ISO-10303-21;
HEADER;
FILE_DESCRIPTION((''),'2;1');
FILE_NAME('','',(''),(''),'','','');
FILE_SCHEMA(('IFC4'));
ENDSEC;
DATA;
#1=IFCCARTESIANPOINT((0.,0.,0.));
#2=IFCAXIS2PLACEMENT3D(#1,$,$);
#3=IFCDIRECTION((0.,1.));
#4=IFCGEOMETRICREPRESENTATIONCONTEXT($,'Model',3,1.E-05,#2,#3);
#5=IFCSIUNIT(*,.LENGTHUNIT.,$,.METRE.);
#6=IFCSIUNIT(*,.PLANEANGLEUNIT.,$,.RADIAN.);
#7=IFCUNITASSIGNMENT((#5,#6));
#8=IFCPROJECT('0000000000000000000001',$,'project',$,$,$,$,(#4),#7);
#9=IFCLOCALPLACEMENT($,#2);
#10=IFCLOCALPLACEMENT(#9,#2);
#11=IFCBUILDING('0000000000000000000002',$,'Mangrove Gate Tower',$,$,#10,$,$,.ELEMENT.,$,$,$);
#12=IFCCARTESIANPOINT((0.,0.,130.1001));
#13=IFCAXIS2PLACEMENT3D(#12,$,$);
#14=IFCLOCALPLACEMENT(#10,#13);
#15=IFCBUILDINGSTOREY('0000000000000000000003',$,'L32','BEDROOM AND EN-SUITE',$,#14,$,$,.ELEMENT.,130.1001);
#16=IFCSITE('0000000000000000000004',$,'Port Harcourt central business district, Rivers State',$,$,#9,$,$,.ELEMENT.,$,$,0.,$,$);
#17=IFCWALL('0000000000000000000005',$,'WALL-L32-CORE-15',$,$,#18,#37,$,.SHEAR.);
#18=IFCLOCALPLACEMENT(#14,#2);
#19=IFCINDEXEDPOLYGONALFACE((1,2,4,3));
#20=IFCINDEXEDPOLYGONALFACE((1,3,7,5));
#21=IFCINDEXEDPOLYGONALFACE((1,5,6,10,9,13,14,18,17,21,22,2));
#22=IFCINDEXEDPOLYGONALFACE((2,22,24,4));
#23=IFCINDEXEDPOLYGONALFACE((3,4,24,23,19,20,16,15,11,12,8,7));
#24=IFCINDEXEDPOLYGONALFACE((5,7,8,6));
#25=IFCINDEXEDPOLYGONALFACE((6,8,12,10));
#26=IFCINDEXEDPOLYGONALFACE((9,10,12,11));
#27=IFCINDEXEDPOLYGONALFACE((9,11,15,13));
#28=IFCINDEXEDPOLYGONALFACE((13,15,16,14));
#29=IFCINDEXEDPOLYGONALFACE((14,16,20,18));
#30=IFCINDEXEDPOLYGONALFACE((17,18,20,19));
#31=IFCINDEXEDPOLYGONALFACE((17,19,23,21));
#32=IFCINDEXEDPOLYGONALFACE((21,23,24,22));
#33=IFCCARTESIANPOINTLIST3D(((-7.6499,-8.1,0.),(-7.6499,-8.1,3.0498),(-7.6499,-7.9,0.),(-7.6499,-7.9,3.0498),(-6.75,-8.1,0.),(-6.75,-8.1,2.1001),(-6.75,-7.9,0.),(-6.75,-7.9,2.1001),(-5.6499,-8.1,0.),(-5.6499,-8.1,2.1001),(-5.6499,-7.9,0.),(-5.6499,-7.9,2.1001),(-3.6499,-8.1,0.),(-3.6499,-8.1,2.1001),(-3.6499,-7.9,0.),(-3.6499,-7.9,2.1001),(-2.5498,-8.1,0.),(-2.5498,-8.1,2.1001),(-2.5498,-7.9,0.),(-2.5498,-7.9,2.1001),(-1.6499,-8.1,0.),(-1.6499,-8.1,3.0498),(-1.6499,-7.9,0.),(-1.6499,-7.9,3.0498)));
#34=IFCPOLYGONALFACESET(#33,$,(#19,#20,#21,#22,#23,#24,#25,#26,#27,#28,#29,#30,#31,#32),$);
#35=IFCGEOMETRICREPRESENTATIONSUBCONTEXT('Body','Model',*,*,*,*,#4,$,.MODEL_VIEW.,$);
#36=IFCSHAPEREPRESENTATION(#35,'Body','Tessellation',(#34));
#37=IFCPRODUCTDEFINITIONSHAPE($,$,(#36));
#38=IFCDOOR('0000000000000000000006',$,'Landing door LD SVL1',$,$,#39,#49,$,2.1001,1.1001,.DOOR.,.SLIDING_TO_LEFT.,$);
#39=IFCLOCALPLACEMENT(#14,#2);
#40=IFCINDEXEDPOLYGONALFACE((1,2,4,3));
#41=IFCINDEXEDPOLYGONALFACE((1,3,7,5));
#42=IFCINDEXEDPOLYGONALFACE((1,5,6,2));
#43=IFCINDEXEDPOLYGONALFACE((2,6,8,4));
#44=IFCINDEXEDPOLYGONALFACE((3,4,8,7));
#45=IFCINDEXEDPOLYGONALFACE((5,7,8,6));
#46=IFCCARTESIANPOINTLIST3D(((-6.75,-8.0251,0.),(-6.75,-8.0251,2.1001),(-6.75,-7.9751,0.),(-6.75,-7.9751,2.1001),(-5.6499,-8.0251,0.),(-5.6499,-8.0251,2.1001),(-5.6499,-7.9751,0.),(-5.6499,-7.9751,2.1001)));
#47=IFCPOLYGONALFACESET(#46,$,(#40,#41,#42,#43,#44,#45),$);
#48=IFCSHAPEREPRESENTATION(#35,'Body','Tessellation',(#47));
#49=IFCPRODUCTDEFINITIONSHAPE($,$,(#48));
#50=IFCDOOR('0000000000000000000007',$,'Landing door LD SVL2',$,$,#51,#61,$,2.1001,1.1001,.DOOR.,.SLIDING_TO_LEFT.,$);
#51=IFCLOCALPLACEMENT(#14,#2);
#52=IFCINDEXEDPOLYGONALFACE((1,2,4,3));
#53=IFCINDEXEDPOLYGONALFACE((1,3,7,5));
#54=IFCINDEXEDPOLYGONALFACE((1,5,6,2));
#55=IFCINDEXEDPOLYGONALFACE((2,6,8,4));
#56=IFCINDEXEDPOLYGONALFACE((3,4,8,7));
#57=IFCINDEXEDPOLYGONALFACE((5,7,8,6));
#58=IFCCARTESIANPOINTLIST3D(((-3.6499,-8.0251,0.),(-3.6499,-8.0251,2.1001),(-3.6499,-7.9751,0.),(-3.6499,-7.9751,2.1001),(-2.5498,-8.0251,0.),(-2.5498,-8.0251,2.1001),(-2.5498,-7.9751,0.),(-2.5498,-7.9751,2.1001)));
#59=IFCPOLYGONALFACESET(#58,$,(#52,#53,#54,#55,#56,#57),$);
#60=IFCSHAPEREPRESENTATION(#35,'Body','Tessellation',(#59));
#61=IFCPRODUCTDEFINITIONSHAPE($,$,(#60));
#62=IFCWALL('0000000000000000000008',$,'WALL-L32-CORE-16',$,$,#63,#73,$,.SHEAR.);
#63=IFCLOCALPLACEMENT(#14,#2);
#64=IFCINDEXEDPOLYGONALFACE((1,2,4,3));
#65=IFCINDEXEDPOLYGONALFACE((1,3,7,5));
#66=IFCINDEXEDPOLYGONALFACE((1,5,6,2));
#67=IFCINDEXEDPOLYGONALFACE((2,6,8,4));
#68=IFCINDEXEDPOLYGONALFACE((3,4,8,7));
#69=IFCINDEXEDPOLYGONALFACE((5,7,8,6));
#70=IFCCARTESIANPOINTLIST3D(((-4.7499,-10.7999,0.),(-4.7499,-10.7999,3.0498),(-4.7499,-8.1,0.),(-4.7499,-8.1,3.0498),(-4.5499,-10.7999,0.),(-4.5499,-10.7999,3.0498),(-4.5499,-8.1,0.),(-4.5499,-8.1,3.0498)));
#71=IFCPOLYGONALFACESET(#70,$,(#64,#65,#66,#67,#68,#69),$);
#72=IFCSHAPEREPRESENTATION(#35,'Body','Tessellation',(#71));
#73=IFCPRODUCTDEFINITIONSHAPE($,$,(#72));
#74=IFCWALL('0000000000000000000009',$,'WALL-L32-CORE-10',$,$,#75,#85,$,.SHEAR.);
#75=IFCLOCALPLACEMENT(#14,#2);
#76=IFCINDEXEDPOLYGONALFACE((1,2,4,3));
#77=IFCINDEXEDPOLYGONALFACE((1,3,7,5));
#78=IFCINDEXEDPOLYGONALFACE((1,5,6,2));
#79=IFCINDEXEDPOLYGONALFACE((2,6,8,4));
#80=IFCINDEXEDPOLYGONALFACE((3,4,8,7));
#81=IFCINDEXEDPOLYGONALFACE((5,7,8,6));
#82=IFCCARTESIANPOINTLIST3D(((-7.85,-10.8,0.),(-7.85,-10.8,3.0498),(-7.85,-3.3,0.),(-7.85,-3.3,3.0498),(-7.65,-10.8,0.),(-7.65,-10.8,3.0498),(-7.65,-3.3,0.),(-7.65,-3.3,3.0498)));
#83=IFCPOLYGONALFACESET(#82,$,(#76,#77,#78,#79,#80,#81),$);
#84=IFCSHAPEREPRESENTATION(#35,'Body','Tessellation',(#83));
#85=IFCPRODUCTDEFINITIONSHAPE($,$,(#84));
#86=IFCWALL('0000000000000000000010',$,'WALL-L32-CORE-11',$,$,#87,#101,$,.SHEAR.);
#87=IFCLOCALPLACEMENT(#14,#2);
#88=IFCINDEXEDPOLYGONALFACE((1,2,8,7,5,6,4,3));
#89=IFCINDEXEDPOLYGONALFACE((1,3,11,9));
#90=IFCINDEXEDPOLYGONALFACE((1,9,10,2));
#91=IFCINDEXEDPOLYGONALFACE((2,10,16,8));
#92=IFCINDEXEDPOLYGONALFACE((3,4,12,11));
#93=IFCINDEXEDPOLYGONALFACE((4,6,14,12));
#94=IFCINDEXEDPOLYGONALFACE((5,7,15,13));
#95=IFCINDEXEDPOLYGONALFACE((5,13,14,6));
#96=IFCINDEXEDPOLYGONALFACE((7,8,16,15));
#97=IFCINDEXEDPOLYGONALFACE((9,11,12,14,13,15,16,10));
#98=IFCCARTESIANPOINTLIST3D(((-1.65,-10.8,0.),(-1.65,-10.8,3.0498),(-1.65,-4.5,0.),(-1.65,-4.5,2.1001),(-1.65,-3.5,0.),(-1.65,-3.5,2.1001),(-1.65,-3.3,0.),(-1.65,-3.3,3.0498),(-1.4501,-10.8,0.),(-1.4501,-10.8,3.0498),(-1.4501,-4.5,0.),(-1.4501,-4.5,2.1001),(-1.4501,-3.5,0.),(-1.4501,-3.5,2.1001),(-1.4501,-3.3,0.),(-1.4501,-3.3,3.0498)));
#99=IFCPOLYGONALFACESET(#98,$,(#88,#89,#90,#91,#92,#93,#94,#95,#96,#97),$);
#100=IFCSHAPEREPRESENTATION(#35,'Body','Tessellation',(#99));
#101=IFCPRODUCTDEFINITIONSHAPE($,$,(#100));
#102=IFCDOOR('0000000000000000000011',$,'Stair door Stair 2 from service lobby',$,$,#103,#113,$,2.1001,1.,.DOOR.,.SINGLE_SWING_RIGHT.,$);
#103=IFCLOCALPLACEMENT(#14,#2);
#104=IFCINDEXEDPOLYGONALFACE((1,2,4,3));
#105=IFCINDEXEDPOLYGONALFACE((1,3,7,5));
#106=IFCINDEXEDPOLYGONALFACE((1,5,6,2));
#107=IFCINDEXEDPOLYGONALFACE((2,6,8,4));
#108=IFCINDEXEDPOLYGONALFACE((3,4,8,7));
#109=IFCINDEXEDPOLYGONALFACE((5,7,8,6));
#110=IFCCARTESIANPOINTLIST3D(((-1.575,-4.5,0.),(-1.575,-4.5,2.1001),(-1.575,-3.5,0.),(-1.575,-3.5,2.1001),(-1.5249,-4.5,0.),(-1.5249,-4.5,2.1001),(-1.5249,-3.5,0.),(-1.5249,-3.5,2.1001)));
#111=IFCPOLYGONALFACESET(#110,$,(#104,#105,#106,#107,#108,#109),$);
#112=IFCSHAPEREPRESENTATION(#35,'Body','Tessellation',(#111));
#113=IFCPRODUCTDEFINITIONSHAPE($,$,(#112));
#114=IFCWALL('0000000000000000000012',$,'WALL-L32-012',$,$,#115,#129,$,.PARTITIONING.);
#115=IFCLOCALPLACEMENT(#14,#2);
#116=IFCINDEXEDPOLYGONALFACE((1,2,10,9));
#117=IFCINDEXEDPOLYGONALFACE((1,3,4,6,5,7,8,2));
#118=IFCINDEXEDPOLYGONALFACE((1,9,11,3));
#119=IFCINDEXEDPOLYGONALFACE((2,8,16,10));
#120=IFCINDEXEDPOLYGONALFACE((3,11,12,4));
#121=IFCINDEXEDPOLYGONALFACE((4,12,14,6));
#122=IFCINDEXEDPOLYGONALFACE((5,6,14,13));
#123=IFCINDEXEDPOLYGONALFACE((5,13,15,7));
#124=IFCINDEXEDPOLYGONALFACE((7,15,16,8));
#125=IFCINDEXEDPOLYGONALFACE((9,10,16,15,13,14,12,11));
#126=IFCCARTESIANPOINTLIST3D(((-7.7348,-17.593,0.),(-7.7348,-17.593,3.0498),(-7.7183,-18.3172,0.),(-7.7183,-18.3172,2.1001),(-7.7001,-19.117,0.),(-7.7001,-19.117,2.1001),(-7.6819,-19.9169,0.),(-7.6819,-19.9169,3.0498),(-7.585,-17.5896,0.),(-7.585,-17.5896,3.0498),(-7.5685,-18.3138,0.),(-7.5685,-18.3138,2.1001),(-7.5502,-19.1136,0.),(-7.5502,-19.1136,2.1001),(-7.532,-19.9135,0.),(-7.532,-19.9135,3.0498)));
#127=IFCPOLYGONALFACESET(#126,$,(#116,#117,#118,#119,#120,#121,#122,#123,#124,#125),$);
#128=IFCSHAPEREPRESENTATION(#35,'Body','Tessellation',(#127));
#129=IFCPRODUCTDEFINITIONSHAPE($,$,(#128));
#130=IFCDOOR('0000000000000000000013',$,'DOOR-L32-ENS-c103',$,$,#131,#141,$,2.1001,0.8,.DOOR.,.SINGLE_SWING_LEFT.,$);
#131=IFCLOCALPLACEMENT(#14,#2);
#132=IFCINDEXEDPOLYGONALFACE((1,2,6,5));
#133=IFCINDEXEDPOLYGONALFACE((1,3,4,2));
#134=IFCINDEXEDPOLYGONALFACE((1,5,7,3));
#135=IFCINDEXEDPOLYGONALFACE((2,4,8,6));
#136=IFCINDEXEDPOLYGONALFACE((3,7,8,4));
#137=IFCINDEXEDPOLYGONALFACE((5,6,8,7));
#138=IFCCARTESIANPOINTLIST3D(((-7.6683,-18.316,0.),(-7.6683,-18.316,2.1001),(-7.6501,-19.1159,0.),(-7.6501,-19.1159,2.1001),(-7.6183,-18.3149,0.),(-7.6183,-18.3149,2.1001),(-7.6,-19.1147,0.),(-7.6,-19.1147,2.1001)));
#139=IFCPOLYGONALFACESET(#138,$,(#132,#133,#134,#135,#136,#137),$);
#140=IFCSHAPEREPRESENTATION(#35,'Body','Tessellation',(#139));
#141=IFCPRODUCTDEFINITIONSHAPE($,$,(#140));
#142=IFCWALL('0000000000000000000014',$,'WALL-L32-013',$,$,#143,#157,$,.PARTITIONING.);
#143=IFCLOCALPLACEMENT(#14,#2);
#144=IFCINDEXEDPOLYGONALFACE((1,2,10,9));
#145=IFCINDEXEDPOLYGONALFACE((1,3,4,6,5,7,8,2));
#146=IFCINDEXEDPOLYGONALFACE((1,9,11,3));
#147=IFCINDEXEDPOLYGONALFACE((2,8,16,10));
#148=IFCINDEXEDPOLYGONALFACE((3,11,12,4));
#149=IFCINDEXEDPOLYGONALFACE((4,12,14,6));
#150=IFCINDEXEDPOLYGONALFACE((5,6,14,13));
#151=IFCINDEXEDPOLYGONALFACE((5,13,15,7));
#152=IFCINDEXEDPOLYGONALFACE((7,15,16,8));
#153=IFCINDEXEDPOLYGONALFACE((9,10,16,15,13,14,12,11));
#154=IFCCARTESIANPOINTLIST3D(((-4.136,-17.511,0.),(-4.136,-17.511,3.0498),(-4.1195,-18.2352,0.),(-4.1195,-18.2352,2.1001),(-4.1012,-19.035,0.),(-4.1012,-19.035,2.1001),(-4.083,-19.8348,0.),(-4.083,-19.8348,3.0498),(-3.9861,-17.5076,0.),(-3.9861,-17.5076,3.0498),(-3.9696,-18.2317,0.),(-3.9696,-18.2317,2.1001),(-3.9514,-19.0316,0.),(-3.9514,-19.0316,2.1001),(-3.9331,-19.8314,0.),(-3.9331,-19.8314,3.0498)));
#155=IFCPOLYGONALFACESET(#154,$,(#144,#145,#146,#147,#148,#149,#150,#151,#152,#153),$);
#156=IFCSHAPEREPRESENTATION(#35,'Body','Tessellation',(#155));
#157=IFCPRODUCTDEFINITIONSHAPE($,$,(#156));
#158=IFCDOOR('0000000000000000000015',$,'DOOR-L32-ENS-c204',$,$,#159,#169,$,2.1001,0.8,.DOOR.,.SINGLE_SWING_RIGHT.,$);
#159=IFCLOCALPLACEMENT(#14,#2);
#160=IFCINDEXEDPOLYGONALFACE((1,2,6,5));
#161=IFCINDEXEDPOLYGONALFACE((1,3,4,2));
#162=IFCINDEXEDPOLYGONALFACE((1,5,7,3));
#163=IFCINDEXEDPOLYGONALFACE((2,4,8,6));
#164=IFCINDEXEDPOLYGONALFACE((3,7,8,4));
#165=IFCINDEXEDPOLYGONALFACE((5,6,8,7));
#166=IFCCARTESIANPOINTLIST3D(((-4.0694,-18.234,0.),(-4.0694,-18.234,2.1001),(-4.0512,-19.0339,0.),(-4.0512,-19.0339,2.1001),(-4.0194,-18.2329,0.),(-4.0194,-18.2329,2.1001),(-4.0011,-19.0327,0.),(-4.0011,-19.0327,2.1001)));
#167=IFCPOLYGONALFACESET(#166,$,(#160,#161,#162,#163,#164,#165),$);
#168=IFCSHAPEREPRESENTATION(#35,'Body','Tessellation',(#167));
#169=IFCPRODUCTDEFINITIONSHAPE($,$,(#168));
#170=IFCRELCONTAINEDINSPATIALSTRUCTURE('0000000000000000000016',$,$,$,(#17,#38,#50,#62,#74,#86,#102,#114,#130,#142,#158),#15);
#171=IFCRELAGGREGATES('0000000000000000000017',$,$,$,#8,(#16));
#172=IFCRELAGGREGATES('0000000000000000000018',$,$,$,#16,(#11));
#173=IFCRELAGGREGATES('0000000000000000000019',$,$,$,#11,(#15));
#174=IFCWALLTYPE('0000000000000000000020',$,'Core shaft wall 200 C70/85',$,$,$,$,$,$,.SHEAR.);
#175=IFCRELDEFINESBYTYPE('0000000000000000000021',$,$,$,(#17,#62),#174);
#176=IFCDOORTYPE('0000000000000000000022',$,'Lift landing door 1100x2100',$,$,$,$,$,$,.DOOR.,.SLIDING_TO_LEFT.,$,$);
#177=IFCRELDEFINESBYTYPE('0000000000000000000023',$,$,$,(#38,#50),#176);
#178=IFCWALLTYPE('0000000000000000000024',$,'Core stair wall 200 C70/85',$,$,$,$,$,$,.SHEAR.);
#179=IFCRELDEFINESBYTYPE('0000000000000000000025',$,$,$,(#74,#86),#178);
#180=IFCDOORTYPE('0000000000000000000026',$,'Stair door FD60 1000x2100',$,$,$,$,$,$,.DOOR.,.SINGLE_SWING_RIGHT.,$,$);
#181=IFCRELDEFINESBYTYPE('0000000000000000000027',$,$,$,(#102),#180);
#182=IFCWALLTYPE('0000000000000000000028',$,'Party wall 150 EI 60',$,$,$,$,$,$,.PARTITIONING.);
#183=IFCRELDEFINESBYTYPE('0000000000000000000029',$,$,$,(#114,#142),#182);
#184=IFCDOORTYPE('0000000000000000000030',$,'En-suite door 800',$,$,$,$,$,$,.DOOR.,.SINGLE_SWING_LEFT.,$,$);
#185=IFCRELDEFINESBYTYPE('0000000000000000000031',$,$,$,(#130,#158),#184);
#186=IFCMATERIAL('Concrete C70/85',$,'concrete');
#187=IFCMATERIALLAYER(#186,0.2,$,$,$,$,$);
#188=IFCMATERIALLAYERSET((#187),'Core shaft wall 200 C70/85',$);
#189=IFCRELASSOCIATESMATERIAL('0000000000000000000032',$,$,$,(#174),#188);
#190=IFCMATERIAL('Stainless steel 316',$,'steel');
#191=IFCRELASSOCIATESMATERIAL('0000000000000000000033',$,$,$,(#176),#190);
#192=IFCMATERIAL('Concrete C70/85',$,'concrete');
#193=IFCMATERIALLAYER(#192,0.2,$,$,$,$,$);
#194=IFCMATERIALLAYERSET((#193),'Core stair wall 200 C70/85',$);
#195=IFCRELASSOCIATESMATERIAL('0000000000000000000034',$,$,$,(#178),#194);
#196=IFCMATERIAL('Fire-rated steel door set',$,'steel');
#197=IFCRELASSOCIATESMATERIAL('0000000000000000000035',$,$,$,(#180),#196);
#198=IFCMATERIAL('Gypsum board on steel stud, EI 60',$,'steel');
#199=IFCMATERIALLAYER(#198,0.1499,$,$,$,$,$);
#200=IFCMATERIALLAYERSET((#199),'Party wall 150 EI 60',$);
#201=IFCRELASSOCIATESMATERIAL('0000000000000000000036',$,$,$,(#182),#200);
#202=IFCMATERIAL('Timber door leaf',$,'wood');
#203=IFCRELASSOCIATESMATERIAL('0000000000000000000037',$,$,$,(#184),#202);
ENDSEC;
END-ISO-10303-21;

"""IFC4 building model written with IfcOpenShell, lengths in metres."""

from ifc_helpers import new_model, si_unit, direction, frame, frame_2d, origin, place, context, subcontext, project, spatial, rectangle, extrude, material, layer, layer_set, type_object, element, fill, save


model = new_model("IFC4")

# Units and contexts
model_context = context("Model", 3, precision=1e-05, world=origin(), true_north=direction((0.0, 1.0)))
body_context = subcontext(model_context, "Body", "Model", "MODEL_VIEW")
ifc_project = project(units=[si_unit("LENGTHUNIT", "METRE"), si_unit("PLANEANGLEUNIT", "RADIAN")], contexts=[model_context])

# Site, building, storey
site_placement = place(None, origin())
site = spatial("IfcSite", under=ifc_project, at=site_placement, Name="Port Harcourt central business district, Rivers State", CompositionType="ELEMENT", RefElevation=0.0)
building_placement = place(site_placement, origin())
building = spatial("IfcBuilding", under=site, at=building_placement, Name="Mangrove Gate Tower", CompositionType="ELEMENT")
storey_placement = place(building_placement, frame((0.0, 0.0, 130.1001)))
storey = spatial("IfcBuildingStorey", under=building, at=storey_placement, Name="L32", Description="BEDROOM AND EN-SUITE", CompositionType="ELEMENT", Elevation=130.1001)

# Wall, openings, doors
ifc_material_1 = material(Name="Concrete C70/85", Category="concrete")
ifc_layer_1 = layer(ifc_material_1, 0.2)
ifc_layer_set_1 = layer_set([ifc_layer_1], Name="Core shaft wall 200 C70/85")
wall_type_1 = type_object("IfcWallType", Name="Core shaft wall 200 C70/85", PredefinedType="SHEAR", material=ifc_layer_set_1)
wall_1_placement = place(storey_placement, frame((-7.6499, -8.0, 0.0), z_axis=(0.0, 0.0, 1.0), x_axis=(1.0, 0.0, 0.0)))
wall_1 = element("IfcWall", 1, at=wall_1_placement, inside=storey, type_object=wall_type_1, Name="WALL-L32-CORE-15", PredefinedType="SHEAR", context=body_context, shape_type="SweptSolid", body=[
    extrude(rectangle(XDim=6.0, YDim=0.2, at=frame_2d((3.0, 0.0))), origin(), (0.0, 0.0, 1.0), 3.0498),
])
opening_1_placement = place(wall_1_placement, frame((0.8999, 0.0, 0.0)))
opening_1 = element("IfcOpeningElement", 2, at=opening_1_placement, cuts=wall_1, PredefinedType="OPENING", context=body_context, shape_type="SweptSolid", body=[
    extrude(rectangle(XDim=1.1001, YDim=2.1001, at=frame_2d((0.55, 1.05))), frame((0.0, 0.1099, 0.0), z_axis=(0.0, -1.0, 0.0), x_axis=(1.0, 0.0, 0.0)), (0.0, 0.0, 1.0), 0.22),
])
opening_2_placement = place(wall_1_placement, frame((4.0, 0.0, 0.0)))
opening_2 = element("IfcOpeningElement", 3, at=opening_2_placement, cuts=wall_1, PredefinedType="OPENING", context=body_context, shape_type="SweptSolid", body=[
    extrude(rectangle(XDim=1.1001, YDim=2.1001, at=frame_2d((0.55, 1.05))), frame((0.0, 0.1099, 0.0), z_axis=(0.0, -1.0, 0.0), x_axis=(1.0, 0.0, 0.0)), (0.0, 0.0, 1.0), 0.22),
])
ifc_material_2 = material(Name="Stainless steel 316", Category="steel")
door_type_1 = type_object("IfcDoorType", Name="Lift landing door 1100x2100", OperationType="SLIDING_TO_LEFT", PredefinedType="DOOR", material=ifc_material_2)
door_1_placement = place(opening_1_placement, origin())
door_1 = element("IfcDoor", 4, at=door_1_placement, inside=storey, type_object=door_type_1, Name="Landing door LD SVL1", OperationType="SLIDING_TO_LEFT", OverallHeight=2.1001, OverallWidth=1.1001, PredefinedType="DOOR", context=body_context, shape_type="SweptSolid", body=[
    extrude(rectangle(XDim=1.1001, YDim=2.1001, at=frame_2d((0.55, 1.05))), frame((0.0, 0.0249, 0.0), z_axis=(0.0, -1.0, 0.0), x_axis=(1.0, 0.0, 0.0)), (0.0, 0.0, 1.0), 0.05),
])
fill(opening_1, door_1)
door_2_placement = place(opening_2_placement, origin())
door_2 = element("IfcDoor", 5, at=door_2_placement, inside=storey, type_object=door_type_1, Name="Landing door LD SVL2", OperationType="SLIDING_TO_LEFT", OverallHeight=2.1001, OverallWidth=1.1001, PredefinedType="DOOR", context=body_context, shape_type="SweptSolid", body=[
    extrude(rectangle(XDim=1.1001, YDim=2.1001, at=frame_2d((0.55, 1.05))), frame((0.0, 0.0249, 0.0), z_axis=(0.0, -1.0, 0.0), x_axis=(1.0, 0.0, 0.0)), (0.0, 0.0, 1.0), 0.05),
])
fill(opening_2, door_2)

# Walls
wall_2_placement = place(storey_placement, frame((-4.6499, -10.8, 0.0), z_axis=(0.0, 0.0, 1.0), x_axis=(0.0, 1.0, 0.0)))
element("IfcWall", 6, at=wall_2_placement, inside=storey, type_object=wall_type_1, Name="WALL-L32-CORE-16", PredefinedType="SHEAR", context=body_context, shape_type="SweptSolid", body=[
    extrude(rectangle(XDim=2.7, YDim=0.2, at=frame_2d((1.3501, 0.0))), origin(), (0.0, 0.0, 1.0), 3.0498),
])
ifc_material_3 = material(Name="Concrete C70/85", Category="concrete")
ifc_layer_2 = layer(ifc_material_3, 0.2)
ifc_layer_set_2 = layer_set([ifc_layer_2], Name="Core stair wall 200 C70/85")
wall_type_2 = type_object("IfcWallType", Name="Core stair wall 200 C70/85", PredefinedType="SHEAR", material=ifc_layer_set_2)
wall_3_placement = place(storey_placement, frame((-7.75, -10.8, 0.0), z_axis=(0.0, 0.0, 1.0), x_axis=(0.0, 1.0, 0.0)))
element("IfcWall", 7, at=wall_3_placement, inside=storey, type_object=wall_type_2, Name="WALL-L32-CORE-10", PredefinedType="SHEAR", context=body_context, shape_type="SweptSolid", body=[
    extrude(rectangle(XDim=7.5, YDim=0.2, at=frame_2d((3.75, 0.0))), origin(), (0.0, 0.0, 1.0), 3.0498),
])

# Walls, openings, doors
wall_4_placement = place(storey_placement, frame((-1.55, -10.8, 0.0), z_axis=(0.0, 0.0, 1.0), x_axis=(0.0, 1.0, 0.0)))
wall_4 = element("IfcWall", 8, at=wall_4_placement, inside=storey, type_object=wall_type_2, Name="WALL-L32-CORE-11", PredefinedType="SHEAR", context=body_context, shape_type="SweptSolid", body=[
    extrude(rectangle(XDim=7.5, YDim=0.2, at=frame_2d((3.75, 0.0))), origin(), (0.0, 0.0, 1.0), 3.0498),
])
opening_3_placement = place(wall_4_placement, frame((6.3, 0.0, 0.0)))
opening_3 = element("IfcOpeningElement", 9, at=opening_3_placement, cuts=wall_4, PredefinedType="OPENING", context=body_context, shape_type="SweptSolid", body=[
    extrude(rectangle(XDim=1.0, YDim=2.1001, at=frame_2d((0.5, 1.05))), frame((0.0, 0.1099, 0.0), z_axis=(0.0, -1.0, 0.0), x_axis=(1.0, 0.0, 0.0)), (0.0, 0.0, 1.0), 0.22),
])
ifc_material_4 = material(Name="Fire-rated steel door set", Category="steel")
door_type_2 = type_object("IfcDoorType", Name="Stair door FD60 1000x2100", OperationType="SINGLE_SWING_RIGHT", PredefinedType="DOOR", material=ifc_material_4)
door_3_placement = place(opening_3_placement, origin())
door_3 = element("IfcDoor", 10, at=door_3_placement, inside=storey, type_object=door_type_2, Name="Stair door Stair 2 from service lobby", OperationType="SINGLE_SWING_RIGHT", OverallHeight=2.1001, OverallWidth=1.0, PredefinedType="DOOR", context=body_context, shape_type="SweptSolid", body=[
    extrude(rectangle(XDim=1.0, YDim=2.1001, at=frame_2d((0.5, 1.05))), frame((0.0, 0.0249, 0.0), z_axis=(0.0, -1.0, 0.0), x_axis=(1.0, 0.0, 0.0)), (0.0, 0.0, 1.0), 0.05),
])
fill(opening_3, door_3)
ifc_material_5 = material(Name="Gypsum board on steel stud, EI 60", Category="steel")
ifc_layer_3 = layer(ifc_material_5, 0.1499)
ifc_layer_set_3 = layer_set([ifc_layer_3], Name="Party wall 150 EI 60")
wall_type_3 = type_object("IfcWallType", Name="Party wall 150 EI 60", PredefinedType="PARTITIONING", material=ifc_layer_set_3)
wall_5_placement = place(storey_placement, frame((-7.6069, -19.915, 0.0), z_axis=(0.0, 0.0, 1.0), x_axis=(-0.022791, 0.99974, 0.0)))
wall_5 = element("IfcWall", 11, at=wall_5_placement, inside=storey, type_object=wall_type_3, Name="WALL-L32-012", PredefinedType="PARTITIONING", context=body_context, shape_type="SweptSolid", body=[
    extrude(rectangle(XDim=2.3245, YDim=0.1499, at=frame_2d((1.1621, 0.0))), origin(), (0.0, 0.0, 1.0), 3.0498),
])
opening_4_placement = place(wall_5_placement, frame((0.8, 0.0, 0.0)))
opening_4 = element("IfcOpeningElement", 12, at=opening_4_placement, cuts=wall_5, PredefinedType="OPENING", context=body_context, shape_type="SweptSolid", body=[
    extrude(rectangle(XDim=0.8, YDim=2.1001, at=frame_2d((0.3999, 1.05))), frame((0.0, 0.085, 0.0), z_axis=(0.0, -1.0, 0.0), x_axis=(1.0, 0.0, 0.0)), (0.0, 0.0, 1.0), 0.1699),
])
ifc_material_6 = material(Name="Timber door leaf", Category="wood")
door_type_3 = type_object("IfcDoorType", Name="En-suite door 800", OperationType="SINGLE_SWING_LEFT", PredefinedType="DOOR", material=ifc_material_6)
door_4_placement = place(opening_4_placement, origin())
door_4 = element("IfcDoor", 13, at=door_4_placement, inside=storey, type_object=door_type_3, Name="DOOR-L32-ENS-c103", OperationType="SINGLE_SWING_LEFT", OverallHeight=2.1001, OverallWidth=0.8, PredefinedType="DOOR", context=body_context, shape_type="SweptSolid", body=[
    extrude(rectangle(XDim=0.8, YDim=2.1001, at=frame_2d((0.3999, 1.05))), frame((0.0, 0.0249, 0.0), z_axis=(0.0, -1.0, 0.0), x_axis=(1.0, 0.0, 0.0)), (0.0, 0.0, 1.0), 0.05),
])
fill(opening_4, door_4)
wall_6_placement = place(storey_placement, frame((-4.0081, -19.833, 0.0), z_axis=(0.0, 0.0, 1.0), x_axis=(-0.022791, 0.99974, 0.0)))
wall_6 = element("IfcWall", 14, at=wall_6_placement, inside=storey, type_object=wall_type_3, Name="WALL-L32-013", PredefinedType="PARTITIONING", context=body_context, shape_type="SweptSolid", body=[
    extrude(rectangle(XDim=2.3245, YDim=0.1499, at=frame_2d((1.1621, 0.0))), origin(), (0.0, 0.0, 1.0), 3.0498),
])
opening_5_placement = place(wall_6_placement, frame((0.8, 0.0, 0.0)))
opening_5 = element("IfcOpeningElement", 15, at=opening_5_placement, cuts=wall_6, PredefinedType="OPENING", context=body_context, shape_type="SweptSolid", body=[
    extrude(rectangle(XDim=0.8, YDim=2.1001, at=frame_2d((0.3999, 1.05))), frame((0.0, 0.085, 0.0), z_axis=(0.0, -1.0, 0.0), x_axis=(1.0, 0.0, 0.0)), (0.0, 0.0, 1.0), 0.1699),
])
door_5_placement = place(opening_5_placement, origin())
door_5 = element("IfcDoor", 16, at=door_5_placement, inside=storey, type_object=door_type_3, Name="DOOR-L32-ENS-c204", OperationType="SINGLE_SWING_RIGHT", OverallHeight=2.1001, OverallWidth=0.8, PredefinedType="DOOR", context=body_context, shape_type="SweptSolid", body=[
    extrude(rectangle(XDim=0.8, YDim=2.1001, at=frame_2d((0.3999, 1.05))), frame((0.0, 0.0249, 0.0), z_axis=(0.0, -1.0, 0.0), x_axis=(1.0, 0.0, 0.0)), (0.0, 0.0, 1.0), 0.05),
])
fill(opening_5, door_5)

save(model, "model.ifc")
